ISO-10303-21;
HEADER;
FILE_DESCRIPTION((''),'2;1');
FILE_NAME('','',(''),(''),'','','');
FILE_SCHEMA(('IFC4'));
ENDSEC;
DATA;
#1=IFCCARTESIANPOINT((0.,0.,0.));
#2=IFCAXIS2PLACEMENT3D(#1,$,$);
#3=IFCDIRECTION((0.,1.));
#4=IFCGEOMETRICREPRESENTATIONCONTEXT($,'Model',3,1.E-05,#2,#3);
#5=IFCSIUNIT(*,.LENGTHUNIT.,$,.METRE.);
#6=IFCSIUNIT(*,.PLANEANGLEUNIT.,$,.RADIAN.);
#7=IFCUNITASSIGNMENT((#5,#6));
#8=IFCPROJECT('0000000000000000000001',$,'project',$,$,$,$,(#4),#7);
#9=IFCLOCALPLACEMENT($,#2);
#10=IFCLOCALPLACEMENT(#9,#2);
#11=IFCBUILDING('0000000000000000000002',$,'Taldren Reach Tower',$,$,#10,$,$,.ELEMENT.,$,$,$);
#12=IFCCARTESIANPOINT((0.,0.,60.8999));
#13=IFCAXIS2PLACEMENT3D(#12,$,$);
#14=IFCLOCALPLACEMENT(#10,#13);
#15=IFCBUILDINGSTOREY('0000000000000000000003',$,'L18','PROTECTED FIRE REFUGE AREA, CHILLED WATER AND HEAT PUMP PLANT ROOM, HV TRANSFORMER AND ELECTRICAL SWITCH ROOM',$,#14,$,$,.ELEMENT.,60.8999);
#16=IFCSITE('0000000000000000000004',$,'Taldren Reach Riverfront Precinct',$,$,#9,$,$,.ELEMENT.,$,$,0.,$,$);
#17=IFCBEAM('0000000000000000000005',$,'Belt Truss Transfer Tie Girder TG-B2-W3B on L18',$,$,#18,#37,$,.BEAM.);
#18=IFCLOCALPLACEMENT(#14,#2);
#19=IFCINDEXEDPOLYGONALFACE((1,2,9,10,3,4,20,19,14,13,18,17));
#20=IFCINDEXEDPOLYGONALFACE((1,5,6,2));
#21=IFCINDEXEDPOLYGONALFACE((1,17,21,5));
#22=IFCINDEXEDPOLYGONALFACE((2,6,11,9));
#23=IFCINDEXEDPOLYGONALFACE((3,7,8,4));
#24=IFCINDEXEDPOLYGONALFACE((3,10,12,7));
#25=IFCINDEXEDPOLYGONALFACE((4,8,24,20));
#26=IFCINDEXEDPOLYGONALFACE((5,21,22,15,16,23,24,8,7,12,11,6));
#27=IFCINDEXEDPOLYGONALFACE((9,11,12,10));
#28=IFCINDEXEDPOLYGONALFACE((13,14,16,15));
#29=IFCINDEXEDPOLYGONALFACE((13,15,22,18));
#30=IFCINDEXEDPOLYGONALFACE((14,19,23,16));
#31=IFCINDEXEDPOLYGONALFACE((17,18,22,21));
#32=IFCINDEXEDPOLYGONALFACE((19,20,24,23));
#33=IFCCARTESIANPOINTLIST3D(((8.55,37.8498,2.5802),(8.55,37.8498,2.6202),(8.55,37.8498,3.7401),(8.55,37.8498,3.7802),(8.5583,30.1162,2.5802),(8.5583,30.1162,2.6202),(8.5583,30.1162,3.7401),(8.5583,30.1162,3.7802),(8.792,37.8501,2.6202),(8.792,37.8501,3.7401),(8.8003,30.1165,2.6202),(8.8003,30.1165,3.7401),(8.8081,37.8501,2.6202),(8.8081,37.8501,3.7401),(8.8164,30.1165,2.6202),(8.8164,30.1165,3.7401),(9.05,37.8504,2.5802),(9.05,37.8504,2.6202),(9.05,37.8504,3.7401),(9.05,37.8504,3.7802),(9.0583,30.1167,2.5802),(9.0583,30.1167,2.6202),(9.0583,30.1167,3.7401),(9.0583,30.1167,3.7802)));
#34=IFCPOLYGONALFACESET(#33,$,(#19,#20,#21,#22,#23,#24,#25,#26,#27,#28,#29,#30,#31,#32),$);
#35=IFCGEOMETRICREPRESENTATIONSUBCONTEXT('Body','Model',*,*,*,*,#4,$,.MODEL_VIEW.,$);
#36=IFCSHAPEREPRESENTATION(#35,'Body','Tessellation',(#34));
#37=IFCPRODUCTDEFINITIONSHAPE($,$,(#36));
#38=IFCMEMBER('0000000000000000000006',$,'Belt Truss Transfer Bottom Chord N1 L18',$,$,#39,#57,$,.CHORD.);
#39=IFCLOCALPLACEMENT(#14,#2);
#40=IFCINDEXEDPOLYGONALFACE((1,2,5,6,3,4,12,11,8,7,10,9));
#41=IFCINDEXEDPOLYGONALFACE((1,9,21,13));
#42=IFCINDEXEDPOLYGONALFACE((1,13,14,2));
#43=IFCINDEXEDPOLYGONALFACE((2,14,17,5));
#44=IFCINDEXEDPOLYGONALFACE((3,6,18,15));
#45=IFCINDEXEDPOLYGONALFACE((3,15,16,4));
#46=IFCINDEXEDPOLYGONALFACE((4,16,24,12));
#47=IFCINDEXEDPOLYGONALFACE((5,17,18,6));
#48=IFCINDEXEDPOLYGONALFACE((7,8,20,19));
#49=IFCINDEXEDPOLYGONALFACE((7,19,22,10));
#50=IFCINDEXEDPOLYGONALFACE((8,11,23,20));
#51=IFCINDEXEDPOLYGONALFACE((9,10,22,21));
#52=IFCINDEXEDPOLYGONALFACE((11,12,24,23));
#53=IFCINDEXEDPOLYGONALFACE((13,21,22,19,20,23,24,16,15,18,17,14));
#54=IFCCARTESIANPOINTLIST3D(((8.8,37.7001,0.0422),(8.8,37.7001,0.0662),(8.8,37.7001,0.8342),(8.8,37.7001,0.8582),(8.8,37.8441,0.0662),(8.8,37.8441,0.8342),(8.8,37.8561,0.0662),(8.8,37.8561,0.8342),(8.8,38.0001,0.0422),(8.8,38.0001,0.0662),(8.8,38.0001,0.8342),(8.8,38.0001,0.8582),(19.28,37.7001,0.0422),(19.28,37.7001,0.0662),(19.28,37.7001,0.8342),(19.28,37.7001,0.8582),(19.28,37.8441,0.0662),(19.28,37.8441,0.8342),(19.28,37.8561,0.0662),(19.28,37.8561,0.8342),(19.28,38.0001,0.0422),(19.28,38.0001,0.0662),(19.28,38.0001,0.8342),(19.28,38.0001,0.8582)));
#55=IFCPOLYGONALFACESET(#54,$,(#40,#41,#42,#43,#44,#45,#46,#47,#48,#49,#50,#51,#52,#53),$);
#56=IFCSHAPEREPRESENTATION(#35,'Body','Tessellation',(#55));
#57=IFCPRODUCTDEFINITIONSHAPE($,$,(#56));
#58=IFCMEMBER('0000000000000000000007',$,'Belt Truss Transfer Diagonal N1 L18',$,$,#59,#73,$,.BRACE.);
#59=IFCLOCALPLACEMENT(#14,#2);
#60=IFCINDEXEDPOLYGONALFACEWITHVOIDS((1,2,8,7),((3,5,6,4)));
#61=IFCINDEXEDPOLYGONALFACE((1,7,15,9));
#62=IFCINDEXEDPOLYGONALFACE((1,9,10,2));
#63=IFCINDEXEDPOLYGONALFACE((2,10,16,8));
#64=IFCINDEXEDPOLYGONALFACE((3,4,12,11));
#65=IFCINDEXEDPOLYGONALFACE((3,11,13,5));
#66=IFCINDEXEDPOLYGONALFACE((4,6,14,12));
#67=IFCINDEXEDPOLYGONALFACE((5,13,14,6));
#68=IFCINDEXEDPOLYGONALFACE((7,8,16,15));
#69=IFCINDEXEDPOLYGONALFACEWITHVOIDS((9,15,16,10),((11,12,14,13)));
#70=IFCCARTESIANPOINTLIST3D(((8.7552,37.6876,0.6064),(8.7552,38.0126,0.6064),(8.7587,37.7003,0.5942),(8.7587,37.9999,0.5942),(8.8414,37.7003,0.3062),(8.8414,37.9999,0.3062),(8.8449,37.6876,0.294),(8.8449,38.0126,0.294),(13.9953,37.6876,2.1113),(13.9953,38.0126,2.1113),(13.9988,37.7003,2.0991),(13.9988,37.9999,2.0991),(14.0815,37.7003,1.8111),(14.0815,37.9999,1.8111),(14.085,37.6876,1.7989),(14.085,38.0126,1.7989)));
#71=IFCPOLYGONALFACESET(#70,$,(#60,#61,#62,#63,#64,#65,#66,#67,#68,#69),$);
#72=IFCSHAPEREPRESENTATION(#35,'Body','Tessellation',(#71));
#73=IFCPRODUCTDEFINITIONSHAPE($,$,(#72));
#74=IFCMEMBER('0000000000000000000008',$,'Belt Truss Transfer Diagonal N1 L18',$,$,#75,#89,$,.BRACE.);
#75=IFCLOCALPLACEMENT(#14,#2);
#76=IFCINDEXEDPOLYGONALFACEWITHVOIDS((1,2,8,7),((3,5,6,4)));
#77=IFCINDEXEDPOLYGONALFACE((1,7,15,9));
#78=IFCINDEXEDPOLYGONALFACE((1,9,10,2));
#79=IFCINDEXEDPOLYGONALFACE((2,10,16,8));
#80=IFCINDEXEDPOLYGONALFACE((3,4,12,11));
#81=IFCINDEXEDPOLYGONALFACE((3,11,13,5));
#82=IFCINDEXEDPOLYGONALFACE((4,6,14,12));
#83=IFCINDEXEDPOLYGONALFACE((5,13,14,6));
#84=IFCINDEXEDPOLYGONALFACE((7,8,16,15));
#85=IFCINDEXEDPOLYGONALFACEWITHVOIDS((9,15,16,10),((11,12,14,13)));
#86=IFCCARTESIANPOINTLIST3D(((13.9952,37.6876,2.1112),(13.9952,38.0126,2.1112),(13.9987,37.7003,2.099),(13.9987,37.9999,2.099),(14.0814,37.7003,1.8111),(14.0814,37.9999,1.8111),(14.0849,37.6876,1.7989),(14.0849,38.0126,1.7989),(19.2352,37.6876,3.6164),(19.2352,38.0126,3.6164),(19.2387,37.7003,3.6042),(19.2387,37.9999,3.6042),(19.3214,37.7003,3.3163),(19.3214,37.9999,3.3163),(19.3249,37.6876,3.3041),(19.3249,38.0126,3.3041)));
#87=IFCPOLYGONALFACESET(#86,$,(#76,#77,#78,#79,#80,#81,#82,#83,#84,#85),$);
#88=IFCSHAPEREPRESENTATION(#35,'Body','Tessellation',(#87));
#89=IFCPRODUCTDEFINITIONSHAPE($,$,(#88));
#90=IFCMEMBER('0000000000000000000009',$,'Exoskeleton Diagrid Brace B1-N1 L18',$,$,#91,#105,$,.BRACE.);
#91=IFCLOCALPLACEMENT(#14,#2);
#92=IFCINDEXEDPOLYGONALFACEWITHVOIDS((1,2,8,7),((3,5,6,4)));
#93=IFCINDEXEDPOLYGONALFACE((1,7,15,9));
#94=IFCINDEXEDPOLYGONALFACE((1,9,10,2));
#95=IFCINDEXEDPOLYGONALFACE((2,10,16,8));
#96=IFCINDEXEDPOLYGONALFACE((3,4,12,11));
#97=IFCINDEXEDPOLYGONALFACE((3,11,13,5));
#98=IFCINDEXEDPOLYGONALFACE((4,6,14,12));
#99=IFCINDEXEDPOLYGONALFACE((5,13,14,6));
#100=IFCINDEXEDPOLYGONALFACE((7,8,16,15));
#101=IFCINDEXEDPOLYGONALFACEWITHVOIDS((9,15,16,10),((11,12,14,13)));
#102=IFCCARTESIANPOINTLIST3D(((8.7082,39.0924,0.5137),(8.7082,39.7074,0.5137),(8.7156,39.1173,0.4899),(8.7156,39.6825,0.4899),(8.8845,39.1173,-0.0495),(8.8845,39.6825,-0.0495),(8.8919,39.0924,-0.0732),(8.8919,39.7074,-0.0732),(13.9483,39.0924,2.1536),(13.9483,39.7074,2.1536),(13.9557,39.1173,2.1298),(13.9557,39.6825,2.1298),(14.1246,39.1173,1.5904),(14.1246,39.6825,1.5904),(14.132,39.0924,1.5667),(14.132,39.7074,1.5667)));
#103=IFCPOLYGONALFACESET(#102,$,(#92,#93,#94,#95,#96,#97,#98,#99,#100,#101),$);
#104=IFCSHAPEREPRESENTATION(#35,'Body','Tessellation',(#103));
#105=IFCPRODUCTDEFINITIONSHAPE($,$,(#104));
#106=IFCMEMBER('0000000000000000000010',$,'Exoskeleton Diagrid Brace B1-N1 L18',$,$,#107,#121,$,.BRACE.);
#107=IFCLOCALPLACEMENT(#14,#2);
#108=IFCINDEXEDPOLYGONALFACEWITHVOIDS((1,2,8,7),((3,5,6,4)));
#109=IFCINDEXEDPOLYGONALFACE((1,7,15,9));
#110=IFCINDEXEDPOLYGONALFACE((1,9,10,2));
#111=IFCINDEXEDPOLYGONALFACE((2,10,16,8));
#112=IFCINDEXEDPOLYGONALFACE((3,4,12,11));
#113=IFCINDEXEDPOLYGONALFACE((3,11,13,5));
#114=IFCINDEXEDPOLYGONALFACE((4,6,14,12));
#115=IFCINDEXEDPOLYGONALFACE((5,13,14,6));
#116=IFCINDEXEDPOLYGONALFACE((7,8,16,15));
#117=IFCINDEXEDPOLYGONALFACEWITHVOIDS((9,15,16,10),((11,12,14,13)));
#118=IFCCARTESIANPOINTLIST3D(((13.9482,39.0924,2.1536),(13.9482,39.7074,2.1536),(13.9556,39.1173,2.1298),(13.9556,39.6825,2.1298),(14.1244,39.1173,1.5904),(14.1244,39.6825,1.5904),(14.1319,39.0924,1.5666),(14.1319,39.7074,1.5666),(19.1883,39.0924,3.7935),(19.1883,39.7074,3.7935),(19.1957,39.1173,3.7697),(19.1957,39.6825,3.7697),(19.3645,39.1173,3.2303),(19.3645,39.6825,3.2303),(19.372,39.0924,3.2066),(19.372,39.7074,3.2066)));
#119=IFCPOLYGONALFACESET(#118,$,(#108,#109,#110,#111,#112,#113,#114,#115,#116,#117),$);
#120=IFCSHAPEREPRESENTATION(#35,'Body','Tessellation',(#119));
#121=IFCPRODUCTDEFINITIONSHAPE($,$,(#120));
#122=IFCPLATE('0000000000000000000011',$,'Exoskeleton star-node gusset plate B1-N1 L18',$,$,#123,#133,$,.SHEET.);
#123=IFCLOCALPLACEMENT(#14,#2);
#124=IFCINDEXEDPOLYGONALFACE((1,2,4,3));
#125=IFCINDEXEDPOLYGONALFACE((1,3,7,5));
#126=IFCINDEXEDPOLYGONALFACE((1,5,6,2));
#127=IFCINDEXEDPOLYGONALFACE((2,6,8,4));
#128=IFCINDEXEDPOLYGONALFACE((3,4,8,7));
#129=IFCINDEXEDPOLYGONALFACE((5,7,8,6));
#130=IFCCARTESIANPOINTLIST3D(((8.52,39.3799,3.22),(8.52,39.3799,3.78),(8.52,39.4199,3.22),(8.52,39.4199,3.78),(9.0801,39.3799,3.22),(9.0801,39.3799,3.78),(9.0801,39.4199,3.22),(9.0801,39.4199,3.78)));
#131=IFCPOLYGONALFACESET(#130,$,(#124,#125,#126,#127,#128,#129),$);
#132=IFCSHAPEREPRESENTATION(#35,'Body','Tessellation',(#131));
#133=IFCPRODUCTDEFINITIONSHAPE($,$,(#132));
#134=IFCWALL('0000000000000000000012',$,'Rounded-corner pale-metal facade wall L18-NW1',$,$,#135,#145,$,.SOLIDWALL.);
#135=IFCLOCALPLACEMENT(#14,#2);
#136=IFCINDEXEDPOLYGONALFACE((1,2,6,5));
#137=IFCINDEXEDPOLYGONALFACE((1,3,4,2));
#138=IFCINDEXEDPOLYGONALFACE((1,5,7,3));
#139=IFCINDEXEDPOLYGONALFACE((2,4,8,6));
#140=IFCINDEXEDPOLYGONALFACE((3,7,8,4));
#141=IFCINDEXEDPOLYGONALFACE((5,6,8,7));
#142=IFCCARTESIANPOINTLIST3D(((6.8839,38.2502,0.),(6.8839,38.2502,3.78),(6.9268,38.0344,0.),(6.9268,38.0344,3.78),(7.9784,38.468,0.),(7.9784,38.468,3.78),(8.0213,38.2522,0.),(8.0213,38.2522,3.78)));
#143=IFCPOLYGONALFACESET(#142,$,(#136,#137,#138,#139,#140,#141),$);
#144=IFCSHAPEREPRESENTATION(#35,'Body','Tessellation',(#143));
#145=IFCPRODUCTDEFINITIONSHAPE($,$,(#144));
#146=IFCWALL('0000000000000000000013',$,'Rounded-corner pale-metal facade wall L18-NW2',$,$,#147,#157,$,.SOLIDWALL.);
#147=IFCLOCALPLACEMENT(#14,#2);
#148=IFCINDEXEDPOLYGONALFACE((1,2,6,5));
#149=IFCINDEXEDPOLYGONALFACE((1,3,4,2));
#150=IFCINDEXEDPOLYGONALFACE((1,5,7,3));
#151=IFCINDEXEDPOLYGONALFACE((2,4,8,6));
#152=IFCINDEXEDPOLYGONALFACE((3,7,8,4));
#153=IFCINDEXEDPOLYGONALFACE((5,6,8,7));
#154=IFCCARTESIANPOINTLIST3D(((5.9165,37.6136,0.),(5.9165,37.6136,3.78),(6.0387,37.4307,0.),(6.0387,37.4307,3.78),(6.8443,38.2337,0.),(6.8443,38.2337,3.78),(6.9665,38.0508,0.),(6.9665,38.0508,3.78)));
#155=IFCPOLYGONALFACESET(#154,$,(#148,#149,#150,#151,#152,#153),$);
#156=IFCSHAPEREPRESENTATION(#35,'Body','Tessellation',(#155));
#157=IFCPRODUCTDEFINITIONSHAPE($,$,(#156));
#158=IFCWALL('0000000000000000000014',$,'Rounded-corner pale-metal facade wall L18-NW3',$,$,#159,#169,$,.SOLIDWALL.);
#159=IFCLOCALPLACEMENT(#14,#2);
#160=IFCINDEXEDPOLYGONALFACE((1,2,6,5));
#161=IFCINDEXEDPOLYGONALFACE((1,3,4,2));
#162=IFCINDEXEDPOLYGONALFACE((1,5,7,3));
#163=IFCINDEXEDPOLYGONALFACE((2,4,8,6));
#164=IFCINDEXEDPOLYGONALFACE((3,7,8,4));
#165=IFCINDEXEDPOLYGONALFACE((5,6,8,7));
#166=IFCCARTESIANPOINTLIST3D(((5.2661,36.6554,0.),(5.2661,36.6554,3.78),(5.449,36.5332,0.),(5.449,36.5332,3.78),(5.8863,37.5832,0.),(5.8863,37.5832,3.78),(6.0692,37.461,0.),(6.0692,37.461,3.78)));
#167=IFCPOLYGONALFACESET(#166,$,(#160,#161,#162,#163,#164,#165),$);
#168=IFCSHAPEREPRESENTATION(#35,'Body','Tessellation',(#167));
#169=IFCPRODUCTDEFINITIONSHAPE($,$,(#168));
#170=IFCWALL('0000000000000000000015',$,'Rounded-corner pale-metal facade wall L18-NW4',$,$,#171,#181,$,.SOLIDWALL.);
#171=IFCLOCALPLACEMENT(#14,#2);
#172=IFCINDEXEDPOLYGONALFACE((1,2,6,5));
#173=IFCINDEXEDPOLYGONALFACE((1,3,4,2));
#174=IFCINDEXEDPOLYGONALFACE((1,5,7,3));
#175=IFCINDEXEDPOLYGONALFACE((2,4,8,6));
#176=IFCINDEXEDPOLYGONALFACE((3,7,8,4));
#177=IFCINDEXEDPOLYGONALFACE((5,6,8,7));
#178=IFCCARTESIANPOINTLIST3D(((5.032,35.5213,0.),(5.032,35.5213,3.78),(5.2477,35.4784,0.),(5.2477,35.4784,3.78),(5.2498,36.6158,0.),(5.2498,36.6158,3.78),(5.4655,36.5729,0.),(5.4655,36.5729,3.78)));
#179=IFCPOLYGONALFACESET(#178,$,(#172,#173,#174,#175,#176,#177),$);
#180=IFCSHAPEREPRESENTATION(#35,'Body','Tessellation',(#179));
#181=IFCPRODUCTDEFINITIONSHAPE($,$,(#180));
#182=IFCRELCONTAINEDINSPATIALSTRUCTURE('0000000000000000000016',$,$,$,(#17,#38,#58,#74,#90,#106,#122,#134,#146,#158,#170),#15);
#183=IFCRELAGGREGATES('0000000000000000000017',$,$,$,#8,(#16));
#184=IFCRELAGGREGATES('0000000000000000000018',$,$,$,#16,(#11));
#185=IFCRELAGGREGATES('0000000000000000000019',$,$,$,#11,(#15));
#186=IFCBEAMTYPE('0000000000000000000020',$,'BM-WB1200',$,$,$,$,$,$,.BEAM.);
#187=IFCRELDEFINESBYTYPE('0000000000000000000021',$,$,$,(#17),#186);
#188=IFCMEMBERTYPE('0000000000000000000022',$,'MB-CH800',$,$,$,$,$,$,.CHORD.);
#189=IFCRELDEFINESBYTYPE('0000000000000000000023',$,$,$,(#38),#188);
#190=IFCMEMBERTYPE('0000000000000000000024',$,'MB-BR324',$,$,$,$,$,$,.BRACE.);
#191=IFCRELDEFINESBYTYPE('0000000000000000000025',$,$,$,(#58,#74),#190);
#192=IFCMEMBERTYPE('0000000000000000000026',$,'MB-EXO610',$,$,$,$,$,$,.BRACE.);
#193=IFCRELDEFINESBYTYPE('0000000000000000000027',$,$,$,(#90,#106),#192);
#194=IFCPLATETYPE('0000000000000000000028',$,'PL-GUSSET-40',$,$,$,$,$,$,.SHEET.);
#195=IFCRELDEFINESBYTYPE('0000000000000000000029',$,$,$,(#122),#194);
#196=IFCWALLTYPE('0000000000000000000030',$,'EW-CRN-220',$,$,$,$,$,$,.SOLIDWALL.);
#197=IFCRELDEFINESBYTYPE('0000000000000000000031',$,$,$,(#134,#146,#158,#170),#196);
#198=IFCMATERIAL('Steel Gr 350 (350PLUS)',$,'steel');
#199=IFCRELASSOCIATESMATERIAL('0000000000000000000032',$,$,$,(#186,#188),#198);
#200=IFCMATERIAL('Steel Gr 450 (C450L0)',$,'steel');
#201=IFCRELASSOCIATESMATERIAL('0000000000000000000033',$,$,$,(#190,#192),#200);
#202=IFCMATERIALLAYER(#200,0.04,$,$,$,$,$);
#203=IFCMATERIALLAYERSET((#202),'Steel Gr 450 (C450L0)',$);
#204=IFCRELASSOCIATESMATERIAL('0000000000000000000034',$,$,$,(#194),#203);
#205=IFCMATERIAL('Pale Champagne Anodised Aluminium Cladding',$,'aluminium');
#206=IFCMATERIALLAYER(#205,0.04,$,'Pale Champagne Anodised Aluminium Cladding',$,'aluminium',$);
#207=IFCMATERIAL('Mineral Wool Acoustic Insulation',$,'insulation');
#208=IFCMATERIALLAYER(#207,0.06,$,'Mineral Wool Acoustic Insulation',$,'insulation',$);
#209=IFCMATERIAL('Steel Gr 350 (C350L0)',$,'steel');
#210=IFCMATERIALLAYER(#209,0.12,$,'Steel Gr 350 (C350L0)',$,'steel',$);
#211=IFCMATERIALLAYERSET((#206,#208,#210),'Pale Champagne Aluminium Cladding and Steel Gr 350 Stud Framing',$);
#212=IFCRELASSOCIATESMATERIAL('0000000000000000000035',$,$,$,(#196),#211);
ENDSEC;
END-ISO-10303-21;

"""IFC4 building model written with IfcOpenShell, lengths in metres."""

from ifc_helpers import new_model, si_unit, direction, frame, frame_2d, origin, origin_2d, place, context, subcontext, project, spatial, rectangle, hollow_rectangle, i_section, extrude, source, transform, mapped, material, layer, layer_set, material_profile, profile_set, type_object, element, save


model = new_model("IFC4")

# Units and contexts
model_context = context("Model", 3, precision=1e-05, world=origin(), true_north=direction((0.0, 1.0)))
body_context = subcontext(model_context, "Body", "Model", "MODEL_VIEW")
ifc_project = project(units=[si_unit("LENGTHUNIT", "METRE"), si_unit("PLANEANGLEUNIT", "RADIAN")], contexts=[model_context])

# Site, building, storey
site_placement = place(None, origin())
site = spatial("IfcSite", under=ifc_project, at=site_placement, Name="Taldren Reach Riverfront Precinct", CompositionType="ELEMENT", RefElevation=0.0)
building_placement = place(site_placement, origin())
building = spatial("IfcBuilding", under=site, at=building_placement, Name="Taldren Reach Tower", CompositionType="ELEMENT")
storey_placement = place(building_placement, frame((0.0, 0.0, 60.8999)))
storey = spatial("IfcBuildingStorey", under=building, at=storey_placement, Name="L18", Description="PROTECTED FIRE REFUGE AREA, CHILLED WATER AND HEAT PUMP PLANT ROOM, HV TRANSFORMER AND ELECTRICAL SWITCH ROOM", CompositionType="ELEMENT", Elevation=60.8999)

# Shared definitions
ifc_material_1 = material(Name="Steel Gr 350 (350PLUS)", Category="steel")

# Shared definitions
ifc_material_2 = material(Name="Steel Gr 450 (C450L0)", Category="steel")
ifc_material_3 = material(Name="Steel Gr 350 (C350L0)", Category="steel")

# Shared definitions
ifc_material_profile_1 = material_profile(ifc_material_1, i_section(OverallWidth=0.5, OverallDepth=1.2, WebThickness=0.0161, FlangeThickness=0.04, at=origin_2d()), Name="1200WB455")
ifc_profile_set_1 = profile_set([ifc_material_profile_1], Name="Steel Gr 350 (350PLUS)")
beam_type_1 = type_object("IfcBeamType", Name="BM-WB1200", PredefinedType="BEAM", material=ifc_profile_set_1)

# Beam
shared_shape_1 = source(origin(), body_context, "Body", "SweptSolid", [
    extrude(i_section(OverallWidth=0.5, OverallDepth=1.2, WebThickness=0.0161, FlangeThickness=0.04, at=origin_2d()), origin(), (0.0, 0.0, 1.0), 7.7336),
])
beam_1_placement = place(storey_placement, frame((8.8, 37.8501, 3.1802), z_axis=(0.001073, -0.999999, 0.0), x_axis=(0.999999, 0.001073, 0.0)))
element("IfcBeam", 1, at=beam_1_placement, inside=storey, type_object=beam_type_1, Name="Belt Truss Transfer Tie Girder TG-B2-W3B on L18", PredefinedType="BEAM", context=body_context, shape_type="MappedRepresentation", body=[
    mapped(shared_shape_1, transform((0.0, 0.0, 0.0), scale=1.0)),
])

# Members
ifc_material_profile_2 = material_profile(ifc_material_1, i_section(OverallWidth=0.3, OverallDepth=0.8159, WebThickness=0.012, FlangeThickness=0.0239, at=origin_2d()), Name="800WB192")
ifc_profile_set_2 = profile_set([ifc_material_profile_2], Name="Steel Gr 350 (350PLUS)")
member_type_1 = type_object("IfcMemberType", Name="MB-CH800", PredefinedType="CHORD", material=ifc_profile_set_2)
shared_shape_2 = source(origin(), body_context, "Body", "SweptSolid", [
    extrude(i_section(OverallWidth=0.3, OverallDepth=0.8159, WebThickness=0.012, FlangeThickness=0.0239, at=origin_2d()), origin(), (0.0, 0.0, 1.0), 10.48),
])
member_1_placement = place(storey_placement, frame((8.8, 37.8501, 0.4502), z_axis=(1.0, 0.0, 0.0), x_axis=(0.0, 1.0, 0.0)))
element("IfcMember", 2, at=member_1_placement, inside=storey, type_object=member_type_1, Name="Belt Truss Transfer Bottom Chord N1 L18", PredefinedType="CHORD", context=body_context, shape_type="MappedRepresentation", body=[
    mapped(shared_shape_2, transform((0.0, 0.0, 0.0), scale=1.0)),
])
ifc_material_profile_3 = material_profile(ifc_material_2, hollow_rectangle(XDim=0.325, YDim=0.325, WallThickness=0.0127, at=origin_2d()), Name="325x325x12.7SHS")
ifc_profile_set_3 = profile_set([ifc_material_profile_3], Name="Steel Gr 450 (C450L0)")
member_type_2 = type_object("IfcMemberType", Name="MB-BR324", PredefinedType="BRACE", material=ifc_profile_set_3)
shared_shape_3 = source(origin(), body_context, "Body", "SweptSolid", [
    extrude(hollow_rectangle(XDim=0.325, YDim=0.325, WallThickness=0.0127, at=origin_2d()), origin(), (0.0, 0.0, 1.0), 5.4519),
])
for number, where, z_axis, x_axis, name in (
    (3, (8.8, 37.8501, 0.4502), (0.961148, 0.0, 0.276034), (0.0, 1.0, 0.0), "Belt Truss Transfer Diagonal N1 L18"),
    (4, (14.04, 37.8501, 1.9551), (0.961136, 0.0, 0.276075), (0.0, 1.0, 0.0), "Belt Truss Transfer Diagonal N1 L18"),
):
    element("IfcMember", number, at=place(storey_placement, frame(where, z_axis=z_axis, x_axis=x_axis)), inside=storey, type_object=member_type_2, Name=name, PredefinedType="BRACE", context=body_context, shape_type="MappedRepresentation", body=[
        mapped(shared_shape_3, transform((0.0, 0.0, 0.0), scale=1.0)),
    ])
ifc_material_profile_4 = material_profile(ifc_material_2, hollow_rectangle(XDim=0.615, YDim=0.615, WallThickness=0.0249, at=origin_2d()), Name="615x615x25.0SHS")
ifc_profile_set_4 = profile_set([ifc_material_profile_4], Name="Steel Gr 450 (C450L0)")
member_type_3 = type_object("IfcMemberType", Name="MB-EXO610", PredefinedType="BRACE", material=ifc_profile_set_4)
shared_shape_4 = source(origin(), body_context, "Body", "SweptSolid", [
    extrude(hollow_rectangle(XDim=0.615, YDim=0.615, WallThickness=0.0249, at=origin_2d()), origin(), (0.0, 0.0, 1.0), 5.4907),
])
for number, where, z_axis, x_axis, name in (
    (5, (8.8, 39.3999, 0.2202), (0.954356, 0.0, 0.298672), (0.0, 1.0, 0.0), "Exoskeleton Diagrid Brace B1-N1 L18"),
    (6, (14.04, 39.3999, 1.8601), (0.954356, 0.0, 0.298672), (0.0, 1.0, 0.0), "Exoskeleton Diagrid Brace B1-N1 L18"),
):
    element("IfcMember", number, at=place(storey_placement, frame(where, z_axis=z_axis, x_axis=x_axis)), inside=storey, type_object=member_type_3, Name=name, PredefinedType="BRACE", context=body_context, shape_type="MappedRepresentation", body=[
        mapped(shared_shape_4, transform((0.0, 0.0, 0.0), scale=1.0)),
    ])

# Plate
ifc_layer_1 = layer(ifc_material_2, 0.04)
ifc_layer_set_1 = layer_set([ifc_layer_1], Name="Steel Gr 450 (C450L0)")
plate_type = type_object("IfcPlateType", Name="PL-GUSSET-40", PredefinedType="SHEET", material=ifc_layer_set_1)
shared_shape_5 = source(origin(), body_context, "Body", "SweptSolid", [
    extrude(rectangle(XDim=0.5601, YDim=0.04, at=origin_2d()), origin(), (0.0, 0.0, 1.0), 0.5601),
])
plate_placement = place(storey_placement, frame((8.8, 39.3999, 3.22), z_axis=(0.0, 0.0, 1.0), x_axis=(1.0, 0.0, 0.0)))
element("IfcPlate", 7, at=plate_placement, inside=storey, type_object=plate_type, Name="Exoskeleton star-node gusset plate B1-N1 L18", PredefinedType="SHEET", context=body_context, shape_type="MappedRepresentation", body=[
    mapped(shared_shape_5, transform((0.0, 0.0, 0.0), scale=1.0)),
])

# Walls
ifc_material_4 = material(Name="Pale Champagne Anodised Aluminium Cladding", Category="aluminium")
ifc_layer_2 = layer(ifc_material_4, 0.04, Name="Pale Champagne Anodised Aluminium Cladding", Category="aluminium")
ifc_material_5 = material(Name="Mineral Wool Acoustic Insulation", Category="insulation")
ifc_layer_3 = layer(ifc_material_5, 0.06, Name="Mineral Wool Acoustic Insulation", Category="insulation")
ifc_layer_4 = layer(ifc_material_3, 0.12, Name="Steel Gr 350 (C350L0)", Category="steel")
ifc_layer_set_2 = layer_set([ifc_layer_2, ifc_layer_3, ifc_layer_4], Name="Pale Champagne Aluminium Cladding and Steel Gr 350 Stud Framing")
wall_type_1 = type_object("IfcWallType", Name="EW-CRN-220", PredefinedType="SOLIDWALL", material=ifc_layer_set_2)
shared_shape_6 = source(origin(), body_context, "Body", "SweptSolid", [
    extrude(rectangle(XDim=1.116, YDim=0.22, at=frame_2d((0.5581, 0.0))), origin(), (0.0, 0.0, 1.0), 3.78),
])
for number, where, z_axis, x_axis, name in (
    (8, (8.0, 38.3601, 0.0), (0.0, 0.0, 1.0), (-0.980774, -0.195148, 0.0), "Rounded-corner pale-metal facade wall L18-NW1"),
    (9, (6.9055, 38.1423, 0.0), (0.0, 0.0, 1.0), (-0.831377, -0.55571, 0.0), "Rounded-corner pale-metal facade wall L18-NW2"),
    (10, (5.9778, 37.5222, 0.0), (0.0, 0.0, 1.0), (-0.55571, -0.831377, 0.0), "Rounded-corner pale-metal facade wall L18-NW3"),
    (11, (5.3577, 36.5945, 0.0), (0.0, 0.0, 1.0), (-0.195148, -0.980774, 0.0), "Rounded-corner pale-metal facade wall L18-NW4"),
):
    element("IfcWall", number, at=place(storey_placement, frame(where, z_axis=z_axis, x_axis=x_axis)), inside=storey, type_object=wall_type_1, Name=name, PredefinedType="SOLIDWALL", context=body_context, shape_type="MappedRepresentation", body=[
        mapped(shared_shape_6, transform((0.0, 0.0, 0.0), scale=1.0)),
    ])

save(model, "model.ifc")
